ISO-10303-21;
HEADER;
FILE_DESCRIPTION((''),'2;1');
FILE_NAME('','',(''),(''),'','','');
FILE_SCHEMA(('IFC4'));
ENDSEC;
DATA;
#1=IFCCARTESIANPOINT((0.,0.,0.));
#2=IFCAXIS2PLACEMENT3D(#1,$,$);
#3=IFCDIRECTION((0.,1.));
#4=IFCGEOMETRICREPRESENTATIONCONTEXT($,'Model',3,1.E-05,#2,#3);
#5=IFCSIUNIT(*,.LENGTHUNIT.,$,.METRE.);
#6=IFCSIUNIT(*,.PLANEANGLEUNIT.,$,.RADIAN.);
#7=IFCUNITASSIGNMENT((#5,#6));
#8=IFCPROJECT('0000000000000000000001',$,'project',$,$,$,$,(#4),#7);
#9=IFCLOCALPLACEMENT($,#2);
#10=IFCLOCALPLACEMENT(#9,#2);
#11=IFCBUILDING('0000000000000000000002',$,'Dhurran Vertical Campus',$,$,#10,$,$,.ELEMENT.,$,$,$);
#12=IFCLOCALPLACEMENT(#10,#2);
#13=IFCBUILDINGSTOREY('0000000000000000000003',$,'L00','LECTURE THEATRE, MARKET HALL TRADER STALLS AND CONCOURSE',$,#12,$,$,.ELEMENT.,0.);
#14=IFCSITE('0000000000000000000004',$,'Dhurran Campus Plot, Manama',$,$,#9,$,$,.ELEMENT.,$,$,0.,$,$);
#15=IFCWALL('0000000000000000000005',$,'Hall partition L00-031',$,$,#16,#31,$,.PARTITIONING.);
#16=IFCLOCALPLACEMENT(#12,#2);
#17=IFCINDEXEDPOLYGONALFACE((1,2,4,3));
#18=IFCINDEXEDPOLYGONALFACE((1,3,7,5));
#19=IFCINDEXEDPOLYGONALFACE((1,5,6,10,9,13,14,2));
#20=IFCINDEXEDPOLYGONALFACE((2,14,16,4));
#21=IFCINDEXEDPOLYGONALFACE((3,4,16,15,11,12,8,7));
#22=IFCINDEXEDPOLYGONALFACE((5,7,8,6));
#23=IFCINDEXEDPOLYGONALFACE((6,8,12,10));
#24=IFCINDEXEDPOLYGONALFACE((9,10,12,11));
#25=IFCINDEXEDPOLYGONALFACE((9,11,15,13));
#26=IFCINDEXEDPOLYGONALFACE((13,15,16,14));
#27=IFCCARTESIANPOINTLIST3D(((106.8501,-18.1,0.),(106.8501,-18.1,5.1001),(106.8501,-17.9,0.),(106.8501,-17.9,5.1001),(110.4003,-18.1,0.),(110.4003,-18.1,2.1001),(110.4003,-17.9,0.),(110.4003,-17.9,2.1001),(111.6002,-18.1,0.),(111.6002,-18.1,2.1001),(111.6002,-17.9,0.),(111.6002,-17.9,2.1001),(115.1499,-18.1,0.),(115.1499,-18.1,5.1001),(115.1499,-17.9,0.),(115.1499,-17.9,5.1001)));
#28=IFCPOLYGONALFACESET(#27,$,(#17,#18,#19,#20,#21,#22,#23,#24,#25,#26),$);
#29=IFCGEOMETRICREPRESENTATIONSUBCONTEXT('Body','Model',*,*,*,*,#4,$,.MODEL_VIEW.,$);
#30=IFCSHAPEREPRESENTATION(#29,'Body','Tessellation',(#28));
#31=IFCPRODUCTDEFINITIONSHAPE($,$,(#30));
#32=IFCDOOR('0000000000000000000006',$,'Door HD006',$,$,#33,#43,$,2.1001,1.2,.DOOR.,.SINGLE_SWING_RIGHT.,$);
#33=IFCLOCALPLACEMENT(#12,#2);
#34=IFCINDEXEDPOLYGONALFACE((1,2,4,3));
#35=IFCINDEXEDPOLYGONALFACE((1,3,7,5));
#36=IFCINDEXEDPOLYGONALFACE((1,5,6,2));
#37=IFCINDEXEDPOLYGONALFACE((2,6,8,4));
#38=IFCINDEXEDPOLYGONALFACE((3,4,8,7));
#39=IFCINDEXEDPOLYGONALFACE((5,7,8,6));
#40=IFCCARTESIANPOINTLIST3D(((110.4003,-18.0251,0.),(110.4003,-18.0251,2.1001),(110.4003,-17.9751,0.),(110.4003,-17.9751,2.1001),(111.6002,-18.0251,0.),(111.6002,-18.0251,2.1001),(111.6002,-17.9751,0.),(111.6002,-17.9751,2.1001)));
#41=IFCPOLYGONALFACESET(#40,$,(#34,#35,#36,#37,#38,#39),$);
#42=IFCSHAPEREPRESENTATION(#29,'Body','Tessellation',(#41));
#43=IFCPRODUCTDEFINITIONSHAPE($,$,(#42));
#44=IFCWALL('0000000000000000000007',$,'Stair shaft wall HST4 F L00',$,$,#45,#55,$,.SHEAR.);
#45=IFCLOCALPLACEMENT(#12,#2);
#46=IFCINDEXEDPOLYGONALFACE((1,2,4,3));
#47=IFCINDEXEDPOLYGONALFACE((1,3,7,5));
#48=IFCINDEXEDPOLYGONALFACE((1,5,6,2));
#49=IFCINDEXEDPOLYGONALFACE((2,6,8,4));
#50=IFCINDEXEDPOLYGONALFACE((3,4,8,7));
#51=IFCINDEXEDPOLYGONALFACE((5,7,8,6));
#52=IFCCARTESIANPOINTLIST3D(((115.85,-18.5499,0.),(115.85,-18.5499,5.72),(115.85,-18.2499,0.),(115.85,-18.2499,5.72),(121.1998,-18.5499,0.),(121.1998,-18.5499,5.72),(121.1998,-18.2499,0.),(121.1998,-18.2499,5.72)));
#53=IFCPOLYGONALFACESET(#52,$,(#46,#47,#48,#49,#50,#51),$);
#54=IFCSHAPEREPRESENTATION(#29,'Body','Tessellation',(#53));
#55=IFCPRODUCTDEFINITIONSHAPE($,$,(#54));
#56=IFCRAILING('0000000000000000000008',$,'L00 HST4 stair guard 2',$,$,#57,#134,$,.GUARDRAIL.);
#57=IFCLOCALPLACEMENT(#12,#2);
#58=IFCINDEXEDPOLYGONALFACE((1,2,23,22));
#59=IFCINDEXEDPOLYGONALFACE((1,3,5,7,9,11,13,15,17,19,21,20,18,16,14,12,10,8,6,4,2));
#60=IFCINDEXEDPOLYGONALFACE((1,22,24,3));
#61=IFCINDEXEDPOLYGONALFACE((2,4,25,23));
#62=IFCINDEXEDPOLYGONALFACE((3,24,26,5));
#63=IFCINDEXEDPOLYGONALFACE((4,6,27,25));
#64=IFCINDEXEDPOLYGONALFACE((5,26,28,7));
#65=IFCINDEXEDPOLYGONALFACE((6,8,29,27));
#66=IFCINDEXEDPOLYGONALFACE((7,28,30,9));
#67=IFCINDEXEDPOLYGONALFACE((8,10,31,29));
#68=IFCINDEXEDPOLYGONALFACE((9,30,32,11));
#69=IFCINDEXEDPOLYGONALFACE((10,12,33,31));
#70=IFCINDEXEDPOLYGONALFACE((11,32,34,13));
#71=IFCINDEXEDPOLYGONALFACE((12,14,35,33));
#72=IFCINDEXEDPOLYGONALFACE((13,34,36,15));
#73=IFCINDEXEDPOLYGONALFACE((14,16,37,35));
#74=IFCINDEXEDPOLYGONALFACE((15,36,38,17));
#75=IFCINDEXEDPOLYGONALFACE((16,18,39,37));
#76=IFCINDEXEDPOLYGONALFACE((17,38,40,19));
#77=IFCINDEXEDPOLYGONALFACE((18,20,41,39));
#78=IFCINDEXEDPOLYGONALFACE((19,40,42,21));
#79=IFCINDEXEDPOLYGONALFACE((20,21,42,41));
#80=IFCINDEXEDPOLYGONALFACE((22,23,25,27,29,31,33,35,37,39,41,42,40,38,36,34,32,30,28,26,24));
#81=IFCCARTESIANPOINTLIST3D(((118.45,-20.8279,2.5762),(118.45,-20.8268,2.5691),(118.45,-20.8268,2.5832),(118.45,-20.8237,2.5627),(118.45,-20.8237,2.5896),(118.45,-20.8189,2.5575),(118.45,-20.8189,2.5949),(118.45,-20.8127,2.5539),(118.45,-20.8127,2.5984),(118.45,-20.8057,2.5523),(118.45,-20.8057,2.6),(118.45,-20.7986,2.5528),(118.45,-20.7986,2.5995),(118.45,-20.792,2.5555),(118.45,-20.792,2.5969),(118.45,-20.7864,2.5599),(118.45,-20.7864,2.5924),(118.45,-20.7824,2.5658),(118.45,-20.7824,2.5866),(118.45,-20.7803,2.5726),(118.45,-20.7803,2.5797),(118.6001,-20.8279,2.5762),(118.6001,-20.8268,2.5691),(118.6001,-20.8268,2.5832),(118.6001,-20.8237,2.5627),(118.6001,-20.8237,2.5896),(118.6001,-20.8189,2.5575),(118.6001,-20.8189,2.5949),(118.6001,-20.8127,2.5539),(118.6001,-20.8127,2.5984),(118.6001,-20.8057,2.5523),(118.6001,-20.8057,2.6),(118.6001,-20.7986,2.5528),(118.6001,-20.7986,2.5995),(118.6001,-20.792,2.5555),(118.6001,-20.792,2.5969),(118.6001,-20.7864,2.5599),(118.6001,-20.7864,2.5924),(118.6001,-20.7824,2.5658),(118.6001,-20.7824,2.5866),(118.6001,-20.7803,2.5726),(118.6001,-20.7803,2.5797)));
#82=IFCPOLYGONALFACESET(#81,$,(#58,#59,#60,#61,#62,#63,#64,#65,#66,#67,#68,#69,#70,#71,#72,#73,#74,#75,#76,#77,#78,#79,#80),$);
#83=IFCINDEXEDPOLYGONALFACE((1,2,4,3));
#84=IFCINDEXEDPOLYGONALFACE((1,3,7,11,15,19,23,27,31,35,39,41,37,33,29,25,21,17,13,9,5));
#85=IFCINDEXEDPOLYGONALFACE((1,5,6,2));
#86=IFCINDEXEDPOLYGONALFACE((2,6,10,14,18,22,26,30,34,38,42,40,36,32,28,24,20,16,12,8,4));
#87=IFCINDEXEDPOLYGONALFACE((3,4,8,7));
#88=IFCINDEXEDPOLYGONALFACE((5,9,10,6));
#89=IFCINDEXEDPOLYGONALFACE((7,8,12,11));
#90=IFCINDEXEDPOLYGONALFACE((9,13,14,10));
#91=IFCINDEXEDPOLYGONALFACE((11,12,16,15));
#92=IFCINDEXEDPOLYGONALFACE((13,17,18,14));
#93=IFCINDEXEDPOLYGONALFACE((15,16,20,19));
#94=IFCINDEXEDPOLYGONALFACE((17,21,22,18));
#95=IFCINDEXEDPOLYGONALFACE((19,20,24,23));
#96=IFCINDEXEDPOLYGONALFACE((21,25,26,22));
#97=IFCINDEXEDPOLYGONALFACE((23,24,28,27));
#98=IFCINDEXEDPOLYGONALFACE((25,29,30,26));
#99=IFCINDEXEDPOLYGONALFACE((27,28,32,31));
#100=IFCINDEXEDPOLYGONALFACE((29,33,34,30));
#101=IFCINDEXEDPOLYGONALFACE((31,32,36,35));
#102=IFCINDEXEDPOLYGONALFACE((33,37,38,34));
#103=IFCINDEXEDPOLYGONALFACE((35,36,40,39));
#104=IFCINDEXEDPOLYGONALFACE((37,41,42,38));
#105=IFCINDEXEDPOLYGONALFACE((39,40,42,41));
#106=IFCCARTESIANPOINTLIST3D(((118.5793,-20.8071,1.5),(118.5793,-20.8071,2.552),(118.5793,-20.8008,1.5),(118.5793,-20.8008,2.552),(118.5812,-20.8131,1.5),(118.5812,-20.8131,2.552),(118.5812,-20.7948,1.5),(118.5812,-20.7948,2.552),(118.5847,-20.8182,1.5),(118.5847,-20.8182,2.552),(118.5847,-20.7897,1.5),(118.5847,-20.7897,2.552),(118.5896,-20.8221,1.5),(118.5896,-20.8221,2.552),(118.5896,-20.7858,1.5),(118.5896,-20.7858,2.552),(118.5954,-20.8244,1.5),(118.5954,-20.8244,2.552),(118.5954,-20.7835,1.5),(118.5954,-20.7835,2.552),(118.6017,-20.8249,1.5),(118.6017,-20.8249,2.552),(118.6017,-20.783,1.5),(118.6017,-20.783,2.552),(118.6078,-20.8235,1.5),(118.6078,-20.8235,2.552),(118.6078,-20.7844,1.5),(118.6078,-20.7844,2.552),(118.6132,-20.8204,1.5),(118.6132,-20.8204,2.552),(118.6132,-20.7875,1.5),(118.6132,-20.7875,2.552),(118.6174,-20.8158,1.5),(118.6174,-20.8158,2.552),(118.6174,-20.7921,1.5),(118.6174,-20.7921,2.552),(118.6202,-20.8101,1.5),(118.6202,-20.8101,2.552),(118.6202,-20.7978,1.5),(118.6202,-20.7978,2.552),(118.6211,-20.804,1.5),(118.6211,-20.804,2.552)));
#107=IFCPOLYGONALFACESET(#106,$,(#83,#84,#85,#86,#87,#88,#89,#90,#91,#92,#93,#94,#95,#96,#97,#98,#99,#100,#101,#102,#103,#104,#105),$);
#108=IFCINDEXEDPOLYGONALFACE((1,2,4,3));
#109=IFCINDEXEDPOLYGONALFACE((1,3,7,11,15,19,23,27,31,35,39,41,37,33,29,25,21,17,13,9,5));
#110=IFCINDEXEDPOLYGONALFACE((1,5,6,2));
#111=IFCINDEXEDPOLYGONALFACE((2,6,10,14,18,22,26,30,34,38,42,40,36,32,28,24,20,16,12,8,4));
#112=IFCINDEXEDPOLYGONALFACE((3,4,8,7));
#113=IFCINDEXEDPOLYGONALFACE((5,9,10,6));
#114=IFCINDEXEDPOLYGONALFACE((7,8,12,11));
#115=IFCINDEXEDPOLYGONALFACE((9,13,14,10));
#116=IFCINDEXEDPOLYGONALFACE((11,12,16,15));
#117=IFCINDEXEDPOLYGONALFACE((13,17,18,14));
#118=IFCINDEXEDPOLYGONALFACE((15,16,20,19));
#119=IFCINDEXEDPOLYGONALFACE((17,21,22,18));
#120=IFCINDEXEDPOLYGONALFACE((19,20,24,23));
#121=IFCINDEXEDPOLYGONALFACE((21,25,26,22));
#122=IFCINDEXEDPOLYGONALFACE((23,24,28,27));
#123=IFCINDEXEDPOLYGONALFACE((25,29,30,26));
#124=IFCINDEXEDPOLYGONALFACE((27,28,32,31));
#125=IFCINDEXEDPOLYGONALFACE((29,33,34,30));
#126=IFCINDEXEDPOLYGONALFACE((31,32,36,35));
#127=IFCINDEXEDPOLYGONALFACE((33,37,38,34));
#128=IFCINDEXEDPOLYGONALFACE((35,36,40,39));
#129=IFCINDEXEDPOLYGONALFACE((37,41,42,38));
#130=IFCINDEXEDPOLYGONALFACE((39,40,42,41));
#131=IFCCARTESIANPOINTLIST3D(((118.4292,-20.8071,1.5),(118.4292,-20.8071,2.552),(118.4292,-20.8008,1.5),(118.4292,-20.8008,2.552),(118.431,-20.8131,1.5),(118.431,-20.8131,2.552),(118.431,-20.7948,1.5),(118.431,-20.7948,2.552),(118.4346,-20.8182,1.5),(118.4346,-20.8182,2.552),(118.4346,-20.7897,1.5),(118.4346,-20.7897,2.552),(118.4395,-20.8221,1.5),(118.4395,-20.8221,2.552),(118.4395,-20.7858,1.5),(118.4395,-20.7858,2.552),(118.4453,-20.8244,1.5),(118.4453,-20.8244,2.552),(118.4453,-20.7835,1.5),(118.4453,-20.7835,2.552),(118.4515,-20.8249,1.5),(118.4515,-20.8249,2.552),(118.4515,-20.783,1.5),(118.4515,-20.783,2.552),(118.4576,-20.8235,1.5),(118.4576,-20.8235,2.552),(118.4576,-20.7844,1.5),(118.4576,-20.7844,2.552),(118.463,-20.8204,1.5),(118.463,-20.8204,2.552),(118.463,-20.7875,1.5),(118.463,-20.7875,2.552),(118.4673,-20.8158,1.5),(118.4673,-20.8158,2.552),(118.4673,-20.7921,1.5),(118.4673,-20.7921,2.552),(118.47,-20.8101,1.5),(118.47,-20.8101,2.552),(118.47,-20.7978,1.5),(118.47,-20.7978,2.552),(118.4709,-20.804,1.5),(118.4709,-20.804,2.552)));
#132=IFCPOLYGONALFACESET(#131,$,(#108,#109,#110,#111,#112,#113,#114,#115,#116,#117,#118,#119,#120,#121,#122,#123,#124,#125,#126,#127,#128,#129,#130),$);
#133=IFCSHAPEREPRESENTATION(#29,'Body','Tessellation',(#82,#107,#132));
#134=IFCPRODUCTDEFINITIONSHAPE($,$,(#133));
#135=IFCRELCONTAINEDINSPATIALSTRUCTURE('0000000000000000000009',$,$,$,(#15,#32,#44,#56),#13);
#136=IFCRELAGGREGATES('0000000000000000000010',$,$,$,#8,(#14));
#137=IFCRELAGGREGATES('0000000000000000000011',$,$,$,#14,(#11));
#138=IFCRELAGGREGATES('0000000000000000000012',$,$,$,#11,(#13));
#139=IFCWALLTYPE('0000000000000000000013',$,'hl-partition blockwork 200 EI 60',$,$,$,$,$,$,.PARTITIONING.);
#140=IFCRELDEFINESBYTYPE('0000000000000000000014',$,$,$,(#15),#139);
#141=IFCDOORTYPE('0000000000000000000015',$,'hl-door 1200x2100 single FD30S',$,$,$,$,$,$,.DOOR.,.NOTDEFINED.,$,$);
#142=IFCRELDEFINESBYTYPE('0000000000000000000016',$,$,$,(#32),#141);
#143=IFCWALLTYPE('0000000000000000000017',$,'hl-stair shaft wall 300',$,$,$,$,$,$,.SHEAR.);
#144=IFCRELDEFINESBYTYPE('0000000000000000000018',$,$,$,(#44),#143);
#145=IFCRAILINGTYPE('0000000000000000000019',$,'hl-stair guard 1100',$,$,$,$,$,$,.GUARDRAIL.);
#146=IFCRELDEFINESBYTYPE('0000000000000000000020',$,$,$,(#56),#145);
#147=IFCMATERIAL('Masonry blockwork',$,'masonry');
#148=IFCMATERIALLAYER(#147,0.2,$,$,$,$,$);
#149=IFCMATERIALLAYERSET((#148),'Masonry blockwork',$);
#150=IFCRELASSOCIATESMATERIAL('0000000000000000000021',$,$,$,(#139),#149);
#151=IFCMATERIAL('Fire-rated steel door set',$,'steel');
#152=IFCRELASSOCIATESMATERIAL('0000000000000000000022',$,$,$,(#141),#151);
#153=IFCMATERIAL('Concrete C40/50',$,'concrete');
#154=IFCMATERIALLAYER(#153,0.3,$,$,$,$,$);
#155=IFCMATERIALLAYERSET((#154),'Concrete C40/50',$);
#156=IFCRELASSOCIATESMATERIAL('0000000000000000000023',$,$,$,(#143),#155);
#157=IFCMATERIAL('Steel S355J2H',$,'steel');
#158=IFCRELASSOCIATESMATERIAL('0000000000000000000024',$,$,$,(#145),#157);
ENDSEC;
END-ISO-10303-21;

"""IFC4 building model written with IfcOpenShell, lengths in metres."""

from ifc_helpers import new_model, si_unit, direction, frame, frame_2d, origin, origin_2d, place, context, subcontext, project, spatial, rectangle, circle, extrude, material, layer, layer_set, type_object, element, fill, save


model = new_model("IFC4")

# Units and contexts
model_context = context("Model", 3, precision=1e-05, world=origin(), true_north=direction((0.0, 1.0)))
body_context = subcontext(model_context, "Body", "Model", "MODEL_VIEW")
ifc_project = project(units=[si_unit("LENGTHUNIT", "METRE"), si_unit("PLANEANGLEUNIT", "RADIAN")], contexts=[model_context])

# Site, building, storey
site_placement = place(None, origin())
site = spatial("IfcSite", under=ifc_project, at=site_placement, Name="Dhurran Campus Plot, Manama", CompositionType="ELEMENT", RefElevation=0.0)
building_placement = place(site_placement, origin())
building = spatial("IfcBuilding", under=site, at=building_placement, Name="Dhurran Vertical Campus", CompositionType="ELEMENT")
storey_placement = place(building_placement, origin())
storey = spatial("IfcBuildingStorey", under=building, at=storey_placement, Name="L00", Description="LECTURE THEATRE, MARKET HALL TRADER STALLS AND CONCOURSE", CompositionType="ELEMENT", Elevation=0.0)

# Wall, opening, door
ifc_material_1 = material(Name="Masonry blockwork", Category="masonry")
ifc_layer_1 = layer(ifc_material_1, 0.2)
ifc_layer_set_1 = layer_set([ifc_layer_1], Name="Masonry blockwork")
wall_type_1 = type_object("IfcWallType", Name="hl-partition blockwork 200 EI 60", PredefinedType="PARTITIONING", material=ifc_layer_set_1)
wall_1_placement = place(storey_placement, frame((106.8501, -18.0, 0.0), z_axis=(0.0, 0.0, 1.0), x_axis=(1.0, 0.0, 0.0)))
wall_1 = element("IfcWall", 1, at=wall_1_placement, inside=storey, type_object=wall_type_1, Name="Hall partition L00-031", PredefinedType="PARTITIONING", context=body_context, shape_type="SweptSolid", body=[
    extrude(rectangle(XDim=8.2998, YDim=0.2, at=frame_2d((4.1499, 0.0))), origin(), (0.0, 0.0, 1.0), 5.1001),
])
opening_placement = place(wall_1_placement, frame((3.55, 0.0, 0.0)))
opening = element("IfcOpeningElement", 2, at=opening_placement, cuts=wall_1, PredefinedType="OPENING", context=body_context, shape_type="SweptSolid", body=[
    extrude(rectangle(XDim=1.2, YDim=2.1001, at=frame_2d((0.6001, 1.05))), frame((0.0, 0.1099, 0.0), z_axis=(0.0, -1.0, 0.0), x_axis=(1.0, 0.0, 0.0)), (0.0, 0.0, 1.0), 0.22),
])
ifc_material_2 = material(Name="Fire-rated steel door set", Category="steel")
door_type = type_object("IfcDoorType", Name="hl-door 1200x2100 single FD30S", OperationType="NOTDEFINED", PredefinedType="DOOR", material=ifc_material_2)
door_placement = place(opening_placement, origin())
door = element("IfcDoor", 3, at=door_placement, inside=storey, type_object=door_type, Name="Door HD006", OperationType="SINGLE_SWING_RIGHT", OverallHeight=2.1001, OverallWidth=1.2, PredefinedType="DOOR", context=body_context, shape_type="SweptSolid", body=[
    extrude(rectangle(XDim=1.2, YDim=2.1001, at=frame_2d((0.6001, 1.05))), frame((0.0, 0.0249, 0.0), z_axis=(0.0, -1.0, 0.0), x_axis=(1.0, 0.0, 0.0)), (0.0, 0.0, 1.0), 0.05),
])
fill(opening, door)

# Wall
ifc_material_3 = material(Name="Concrete C40/50", Category="concrete")
ifc_layer_2 = layer(ifc_material_3, 0.3)
ifc_layer_set_2 = layer_set([ifc_layer_2], Name="Concrete C40/50")
wall_type_2 = type_object("IfcWallType", Name="hl-stair shaft wall 300", PredefinedType="SHEAR", material=ifc_layer_set_2)
wall_2_placement = place(storey_placement, frame((115.8501, -18.3999, 0.0), z_axis=(0.0, 0.0, 1.0), x_axis=(1.0, 0.0, 0.0)))
element("IfcWall", 4, at=wall_2_placement, inside=storey, type_object=wall_type_2, Name="Stair shaft wall HST4 F L00", PredefinedType="SHEAR", context=body_context, shape_type="SweptSolid", body=[
    extrude(rectangle(XDim=5.3499, YDim=0.3, at=frame_2d((2.6748, 0.0))), origin(), (0.0, 0.0, 1.0), 5.72),
])

# Railing
ifc_material_4 = material(Name="Steel S355J2H", Category="steel")
railing_type = type_object("IfcRailingType", Name="hl-stair guard 1100", PredefinedType="GUARDRAIL", material=ifc_material_4)
for number, where, name in (
    (5, (118.6001, -20.804, 1.5), "L00 HST4 stair guard 2"),
):
    element("IfcRailing", number, at=place(storey_placement, frame(where)), inside=storey, type_object=railing_type, Name=name, PredefinedType="GUARDRAIL", context=body_context, shape_type="SweptSolid", body=[
        extrude(circle(Radius=0.0239, at=origin_2d()), frame((0.0, 0.0, 1.0762), z_axis=(-1.0, 0.0, 0.0), x_axis=(0.0, -1.0, 0.0)), (0.0, 0.0, 1.0), 0.1501),
        extrude(circle(Radius=0.021, at=origin_2d()), origin(), (0.0, 0.0, 1.0), 1.052),
        extrude(circle(Radius=0.021, at=origin_2d()), frame((-0.1501, 0.0, 0.0)), (0.0, 0.0, 1.0), 1.052),
    ])

save(model, "model.ifc")
